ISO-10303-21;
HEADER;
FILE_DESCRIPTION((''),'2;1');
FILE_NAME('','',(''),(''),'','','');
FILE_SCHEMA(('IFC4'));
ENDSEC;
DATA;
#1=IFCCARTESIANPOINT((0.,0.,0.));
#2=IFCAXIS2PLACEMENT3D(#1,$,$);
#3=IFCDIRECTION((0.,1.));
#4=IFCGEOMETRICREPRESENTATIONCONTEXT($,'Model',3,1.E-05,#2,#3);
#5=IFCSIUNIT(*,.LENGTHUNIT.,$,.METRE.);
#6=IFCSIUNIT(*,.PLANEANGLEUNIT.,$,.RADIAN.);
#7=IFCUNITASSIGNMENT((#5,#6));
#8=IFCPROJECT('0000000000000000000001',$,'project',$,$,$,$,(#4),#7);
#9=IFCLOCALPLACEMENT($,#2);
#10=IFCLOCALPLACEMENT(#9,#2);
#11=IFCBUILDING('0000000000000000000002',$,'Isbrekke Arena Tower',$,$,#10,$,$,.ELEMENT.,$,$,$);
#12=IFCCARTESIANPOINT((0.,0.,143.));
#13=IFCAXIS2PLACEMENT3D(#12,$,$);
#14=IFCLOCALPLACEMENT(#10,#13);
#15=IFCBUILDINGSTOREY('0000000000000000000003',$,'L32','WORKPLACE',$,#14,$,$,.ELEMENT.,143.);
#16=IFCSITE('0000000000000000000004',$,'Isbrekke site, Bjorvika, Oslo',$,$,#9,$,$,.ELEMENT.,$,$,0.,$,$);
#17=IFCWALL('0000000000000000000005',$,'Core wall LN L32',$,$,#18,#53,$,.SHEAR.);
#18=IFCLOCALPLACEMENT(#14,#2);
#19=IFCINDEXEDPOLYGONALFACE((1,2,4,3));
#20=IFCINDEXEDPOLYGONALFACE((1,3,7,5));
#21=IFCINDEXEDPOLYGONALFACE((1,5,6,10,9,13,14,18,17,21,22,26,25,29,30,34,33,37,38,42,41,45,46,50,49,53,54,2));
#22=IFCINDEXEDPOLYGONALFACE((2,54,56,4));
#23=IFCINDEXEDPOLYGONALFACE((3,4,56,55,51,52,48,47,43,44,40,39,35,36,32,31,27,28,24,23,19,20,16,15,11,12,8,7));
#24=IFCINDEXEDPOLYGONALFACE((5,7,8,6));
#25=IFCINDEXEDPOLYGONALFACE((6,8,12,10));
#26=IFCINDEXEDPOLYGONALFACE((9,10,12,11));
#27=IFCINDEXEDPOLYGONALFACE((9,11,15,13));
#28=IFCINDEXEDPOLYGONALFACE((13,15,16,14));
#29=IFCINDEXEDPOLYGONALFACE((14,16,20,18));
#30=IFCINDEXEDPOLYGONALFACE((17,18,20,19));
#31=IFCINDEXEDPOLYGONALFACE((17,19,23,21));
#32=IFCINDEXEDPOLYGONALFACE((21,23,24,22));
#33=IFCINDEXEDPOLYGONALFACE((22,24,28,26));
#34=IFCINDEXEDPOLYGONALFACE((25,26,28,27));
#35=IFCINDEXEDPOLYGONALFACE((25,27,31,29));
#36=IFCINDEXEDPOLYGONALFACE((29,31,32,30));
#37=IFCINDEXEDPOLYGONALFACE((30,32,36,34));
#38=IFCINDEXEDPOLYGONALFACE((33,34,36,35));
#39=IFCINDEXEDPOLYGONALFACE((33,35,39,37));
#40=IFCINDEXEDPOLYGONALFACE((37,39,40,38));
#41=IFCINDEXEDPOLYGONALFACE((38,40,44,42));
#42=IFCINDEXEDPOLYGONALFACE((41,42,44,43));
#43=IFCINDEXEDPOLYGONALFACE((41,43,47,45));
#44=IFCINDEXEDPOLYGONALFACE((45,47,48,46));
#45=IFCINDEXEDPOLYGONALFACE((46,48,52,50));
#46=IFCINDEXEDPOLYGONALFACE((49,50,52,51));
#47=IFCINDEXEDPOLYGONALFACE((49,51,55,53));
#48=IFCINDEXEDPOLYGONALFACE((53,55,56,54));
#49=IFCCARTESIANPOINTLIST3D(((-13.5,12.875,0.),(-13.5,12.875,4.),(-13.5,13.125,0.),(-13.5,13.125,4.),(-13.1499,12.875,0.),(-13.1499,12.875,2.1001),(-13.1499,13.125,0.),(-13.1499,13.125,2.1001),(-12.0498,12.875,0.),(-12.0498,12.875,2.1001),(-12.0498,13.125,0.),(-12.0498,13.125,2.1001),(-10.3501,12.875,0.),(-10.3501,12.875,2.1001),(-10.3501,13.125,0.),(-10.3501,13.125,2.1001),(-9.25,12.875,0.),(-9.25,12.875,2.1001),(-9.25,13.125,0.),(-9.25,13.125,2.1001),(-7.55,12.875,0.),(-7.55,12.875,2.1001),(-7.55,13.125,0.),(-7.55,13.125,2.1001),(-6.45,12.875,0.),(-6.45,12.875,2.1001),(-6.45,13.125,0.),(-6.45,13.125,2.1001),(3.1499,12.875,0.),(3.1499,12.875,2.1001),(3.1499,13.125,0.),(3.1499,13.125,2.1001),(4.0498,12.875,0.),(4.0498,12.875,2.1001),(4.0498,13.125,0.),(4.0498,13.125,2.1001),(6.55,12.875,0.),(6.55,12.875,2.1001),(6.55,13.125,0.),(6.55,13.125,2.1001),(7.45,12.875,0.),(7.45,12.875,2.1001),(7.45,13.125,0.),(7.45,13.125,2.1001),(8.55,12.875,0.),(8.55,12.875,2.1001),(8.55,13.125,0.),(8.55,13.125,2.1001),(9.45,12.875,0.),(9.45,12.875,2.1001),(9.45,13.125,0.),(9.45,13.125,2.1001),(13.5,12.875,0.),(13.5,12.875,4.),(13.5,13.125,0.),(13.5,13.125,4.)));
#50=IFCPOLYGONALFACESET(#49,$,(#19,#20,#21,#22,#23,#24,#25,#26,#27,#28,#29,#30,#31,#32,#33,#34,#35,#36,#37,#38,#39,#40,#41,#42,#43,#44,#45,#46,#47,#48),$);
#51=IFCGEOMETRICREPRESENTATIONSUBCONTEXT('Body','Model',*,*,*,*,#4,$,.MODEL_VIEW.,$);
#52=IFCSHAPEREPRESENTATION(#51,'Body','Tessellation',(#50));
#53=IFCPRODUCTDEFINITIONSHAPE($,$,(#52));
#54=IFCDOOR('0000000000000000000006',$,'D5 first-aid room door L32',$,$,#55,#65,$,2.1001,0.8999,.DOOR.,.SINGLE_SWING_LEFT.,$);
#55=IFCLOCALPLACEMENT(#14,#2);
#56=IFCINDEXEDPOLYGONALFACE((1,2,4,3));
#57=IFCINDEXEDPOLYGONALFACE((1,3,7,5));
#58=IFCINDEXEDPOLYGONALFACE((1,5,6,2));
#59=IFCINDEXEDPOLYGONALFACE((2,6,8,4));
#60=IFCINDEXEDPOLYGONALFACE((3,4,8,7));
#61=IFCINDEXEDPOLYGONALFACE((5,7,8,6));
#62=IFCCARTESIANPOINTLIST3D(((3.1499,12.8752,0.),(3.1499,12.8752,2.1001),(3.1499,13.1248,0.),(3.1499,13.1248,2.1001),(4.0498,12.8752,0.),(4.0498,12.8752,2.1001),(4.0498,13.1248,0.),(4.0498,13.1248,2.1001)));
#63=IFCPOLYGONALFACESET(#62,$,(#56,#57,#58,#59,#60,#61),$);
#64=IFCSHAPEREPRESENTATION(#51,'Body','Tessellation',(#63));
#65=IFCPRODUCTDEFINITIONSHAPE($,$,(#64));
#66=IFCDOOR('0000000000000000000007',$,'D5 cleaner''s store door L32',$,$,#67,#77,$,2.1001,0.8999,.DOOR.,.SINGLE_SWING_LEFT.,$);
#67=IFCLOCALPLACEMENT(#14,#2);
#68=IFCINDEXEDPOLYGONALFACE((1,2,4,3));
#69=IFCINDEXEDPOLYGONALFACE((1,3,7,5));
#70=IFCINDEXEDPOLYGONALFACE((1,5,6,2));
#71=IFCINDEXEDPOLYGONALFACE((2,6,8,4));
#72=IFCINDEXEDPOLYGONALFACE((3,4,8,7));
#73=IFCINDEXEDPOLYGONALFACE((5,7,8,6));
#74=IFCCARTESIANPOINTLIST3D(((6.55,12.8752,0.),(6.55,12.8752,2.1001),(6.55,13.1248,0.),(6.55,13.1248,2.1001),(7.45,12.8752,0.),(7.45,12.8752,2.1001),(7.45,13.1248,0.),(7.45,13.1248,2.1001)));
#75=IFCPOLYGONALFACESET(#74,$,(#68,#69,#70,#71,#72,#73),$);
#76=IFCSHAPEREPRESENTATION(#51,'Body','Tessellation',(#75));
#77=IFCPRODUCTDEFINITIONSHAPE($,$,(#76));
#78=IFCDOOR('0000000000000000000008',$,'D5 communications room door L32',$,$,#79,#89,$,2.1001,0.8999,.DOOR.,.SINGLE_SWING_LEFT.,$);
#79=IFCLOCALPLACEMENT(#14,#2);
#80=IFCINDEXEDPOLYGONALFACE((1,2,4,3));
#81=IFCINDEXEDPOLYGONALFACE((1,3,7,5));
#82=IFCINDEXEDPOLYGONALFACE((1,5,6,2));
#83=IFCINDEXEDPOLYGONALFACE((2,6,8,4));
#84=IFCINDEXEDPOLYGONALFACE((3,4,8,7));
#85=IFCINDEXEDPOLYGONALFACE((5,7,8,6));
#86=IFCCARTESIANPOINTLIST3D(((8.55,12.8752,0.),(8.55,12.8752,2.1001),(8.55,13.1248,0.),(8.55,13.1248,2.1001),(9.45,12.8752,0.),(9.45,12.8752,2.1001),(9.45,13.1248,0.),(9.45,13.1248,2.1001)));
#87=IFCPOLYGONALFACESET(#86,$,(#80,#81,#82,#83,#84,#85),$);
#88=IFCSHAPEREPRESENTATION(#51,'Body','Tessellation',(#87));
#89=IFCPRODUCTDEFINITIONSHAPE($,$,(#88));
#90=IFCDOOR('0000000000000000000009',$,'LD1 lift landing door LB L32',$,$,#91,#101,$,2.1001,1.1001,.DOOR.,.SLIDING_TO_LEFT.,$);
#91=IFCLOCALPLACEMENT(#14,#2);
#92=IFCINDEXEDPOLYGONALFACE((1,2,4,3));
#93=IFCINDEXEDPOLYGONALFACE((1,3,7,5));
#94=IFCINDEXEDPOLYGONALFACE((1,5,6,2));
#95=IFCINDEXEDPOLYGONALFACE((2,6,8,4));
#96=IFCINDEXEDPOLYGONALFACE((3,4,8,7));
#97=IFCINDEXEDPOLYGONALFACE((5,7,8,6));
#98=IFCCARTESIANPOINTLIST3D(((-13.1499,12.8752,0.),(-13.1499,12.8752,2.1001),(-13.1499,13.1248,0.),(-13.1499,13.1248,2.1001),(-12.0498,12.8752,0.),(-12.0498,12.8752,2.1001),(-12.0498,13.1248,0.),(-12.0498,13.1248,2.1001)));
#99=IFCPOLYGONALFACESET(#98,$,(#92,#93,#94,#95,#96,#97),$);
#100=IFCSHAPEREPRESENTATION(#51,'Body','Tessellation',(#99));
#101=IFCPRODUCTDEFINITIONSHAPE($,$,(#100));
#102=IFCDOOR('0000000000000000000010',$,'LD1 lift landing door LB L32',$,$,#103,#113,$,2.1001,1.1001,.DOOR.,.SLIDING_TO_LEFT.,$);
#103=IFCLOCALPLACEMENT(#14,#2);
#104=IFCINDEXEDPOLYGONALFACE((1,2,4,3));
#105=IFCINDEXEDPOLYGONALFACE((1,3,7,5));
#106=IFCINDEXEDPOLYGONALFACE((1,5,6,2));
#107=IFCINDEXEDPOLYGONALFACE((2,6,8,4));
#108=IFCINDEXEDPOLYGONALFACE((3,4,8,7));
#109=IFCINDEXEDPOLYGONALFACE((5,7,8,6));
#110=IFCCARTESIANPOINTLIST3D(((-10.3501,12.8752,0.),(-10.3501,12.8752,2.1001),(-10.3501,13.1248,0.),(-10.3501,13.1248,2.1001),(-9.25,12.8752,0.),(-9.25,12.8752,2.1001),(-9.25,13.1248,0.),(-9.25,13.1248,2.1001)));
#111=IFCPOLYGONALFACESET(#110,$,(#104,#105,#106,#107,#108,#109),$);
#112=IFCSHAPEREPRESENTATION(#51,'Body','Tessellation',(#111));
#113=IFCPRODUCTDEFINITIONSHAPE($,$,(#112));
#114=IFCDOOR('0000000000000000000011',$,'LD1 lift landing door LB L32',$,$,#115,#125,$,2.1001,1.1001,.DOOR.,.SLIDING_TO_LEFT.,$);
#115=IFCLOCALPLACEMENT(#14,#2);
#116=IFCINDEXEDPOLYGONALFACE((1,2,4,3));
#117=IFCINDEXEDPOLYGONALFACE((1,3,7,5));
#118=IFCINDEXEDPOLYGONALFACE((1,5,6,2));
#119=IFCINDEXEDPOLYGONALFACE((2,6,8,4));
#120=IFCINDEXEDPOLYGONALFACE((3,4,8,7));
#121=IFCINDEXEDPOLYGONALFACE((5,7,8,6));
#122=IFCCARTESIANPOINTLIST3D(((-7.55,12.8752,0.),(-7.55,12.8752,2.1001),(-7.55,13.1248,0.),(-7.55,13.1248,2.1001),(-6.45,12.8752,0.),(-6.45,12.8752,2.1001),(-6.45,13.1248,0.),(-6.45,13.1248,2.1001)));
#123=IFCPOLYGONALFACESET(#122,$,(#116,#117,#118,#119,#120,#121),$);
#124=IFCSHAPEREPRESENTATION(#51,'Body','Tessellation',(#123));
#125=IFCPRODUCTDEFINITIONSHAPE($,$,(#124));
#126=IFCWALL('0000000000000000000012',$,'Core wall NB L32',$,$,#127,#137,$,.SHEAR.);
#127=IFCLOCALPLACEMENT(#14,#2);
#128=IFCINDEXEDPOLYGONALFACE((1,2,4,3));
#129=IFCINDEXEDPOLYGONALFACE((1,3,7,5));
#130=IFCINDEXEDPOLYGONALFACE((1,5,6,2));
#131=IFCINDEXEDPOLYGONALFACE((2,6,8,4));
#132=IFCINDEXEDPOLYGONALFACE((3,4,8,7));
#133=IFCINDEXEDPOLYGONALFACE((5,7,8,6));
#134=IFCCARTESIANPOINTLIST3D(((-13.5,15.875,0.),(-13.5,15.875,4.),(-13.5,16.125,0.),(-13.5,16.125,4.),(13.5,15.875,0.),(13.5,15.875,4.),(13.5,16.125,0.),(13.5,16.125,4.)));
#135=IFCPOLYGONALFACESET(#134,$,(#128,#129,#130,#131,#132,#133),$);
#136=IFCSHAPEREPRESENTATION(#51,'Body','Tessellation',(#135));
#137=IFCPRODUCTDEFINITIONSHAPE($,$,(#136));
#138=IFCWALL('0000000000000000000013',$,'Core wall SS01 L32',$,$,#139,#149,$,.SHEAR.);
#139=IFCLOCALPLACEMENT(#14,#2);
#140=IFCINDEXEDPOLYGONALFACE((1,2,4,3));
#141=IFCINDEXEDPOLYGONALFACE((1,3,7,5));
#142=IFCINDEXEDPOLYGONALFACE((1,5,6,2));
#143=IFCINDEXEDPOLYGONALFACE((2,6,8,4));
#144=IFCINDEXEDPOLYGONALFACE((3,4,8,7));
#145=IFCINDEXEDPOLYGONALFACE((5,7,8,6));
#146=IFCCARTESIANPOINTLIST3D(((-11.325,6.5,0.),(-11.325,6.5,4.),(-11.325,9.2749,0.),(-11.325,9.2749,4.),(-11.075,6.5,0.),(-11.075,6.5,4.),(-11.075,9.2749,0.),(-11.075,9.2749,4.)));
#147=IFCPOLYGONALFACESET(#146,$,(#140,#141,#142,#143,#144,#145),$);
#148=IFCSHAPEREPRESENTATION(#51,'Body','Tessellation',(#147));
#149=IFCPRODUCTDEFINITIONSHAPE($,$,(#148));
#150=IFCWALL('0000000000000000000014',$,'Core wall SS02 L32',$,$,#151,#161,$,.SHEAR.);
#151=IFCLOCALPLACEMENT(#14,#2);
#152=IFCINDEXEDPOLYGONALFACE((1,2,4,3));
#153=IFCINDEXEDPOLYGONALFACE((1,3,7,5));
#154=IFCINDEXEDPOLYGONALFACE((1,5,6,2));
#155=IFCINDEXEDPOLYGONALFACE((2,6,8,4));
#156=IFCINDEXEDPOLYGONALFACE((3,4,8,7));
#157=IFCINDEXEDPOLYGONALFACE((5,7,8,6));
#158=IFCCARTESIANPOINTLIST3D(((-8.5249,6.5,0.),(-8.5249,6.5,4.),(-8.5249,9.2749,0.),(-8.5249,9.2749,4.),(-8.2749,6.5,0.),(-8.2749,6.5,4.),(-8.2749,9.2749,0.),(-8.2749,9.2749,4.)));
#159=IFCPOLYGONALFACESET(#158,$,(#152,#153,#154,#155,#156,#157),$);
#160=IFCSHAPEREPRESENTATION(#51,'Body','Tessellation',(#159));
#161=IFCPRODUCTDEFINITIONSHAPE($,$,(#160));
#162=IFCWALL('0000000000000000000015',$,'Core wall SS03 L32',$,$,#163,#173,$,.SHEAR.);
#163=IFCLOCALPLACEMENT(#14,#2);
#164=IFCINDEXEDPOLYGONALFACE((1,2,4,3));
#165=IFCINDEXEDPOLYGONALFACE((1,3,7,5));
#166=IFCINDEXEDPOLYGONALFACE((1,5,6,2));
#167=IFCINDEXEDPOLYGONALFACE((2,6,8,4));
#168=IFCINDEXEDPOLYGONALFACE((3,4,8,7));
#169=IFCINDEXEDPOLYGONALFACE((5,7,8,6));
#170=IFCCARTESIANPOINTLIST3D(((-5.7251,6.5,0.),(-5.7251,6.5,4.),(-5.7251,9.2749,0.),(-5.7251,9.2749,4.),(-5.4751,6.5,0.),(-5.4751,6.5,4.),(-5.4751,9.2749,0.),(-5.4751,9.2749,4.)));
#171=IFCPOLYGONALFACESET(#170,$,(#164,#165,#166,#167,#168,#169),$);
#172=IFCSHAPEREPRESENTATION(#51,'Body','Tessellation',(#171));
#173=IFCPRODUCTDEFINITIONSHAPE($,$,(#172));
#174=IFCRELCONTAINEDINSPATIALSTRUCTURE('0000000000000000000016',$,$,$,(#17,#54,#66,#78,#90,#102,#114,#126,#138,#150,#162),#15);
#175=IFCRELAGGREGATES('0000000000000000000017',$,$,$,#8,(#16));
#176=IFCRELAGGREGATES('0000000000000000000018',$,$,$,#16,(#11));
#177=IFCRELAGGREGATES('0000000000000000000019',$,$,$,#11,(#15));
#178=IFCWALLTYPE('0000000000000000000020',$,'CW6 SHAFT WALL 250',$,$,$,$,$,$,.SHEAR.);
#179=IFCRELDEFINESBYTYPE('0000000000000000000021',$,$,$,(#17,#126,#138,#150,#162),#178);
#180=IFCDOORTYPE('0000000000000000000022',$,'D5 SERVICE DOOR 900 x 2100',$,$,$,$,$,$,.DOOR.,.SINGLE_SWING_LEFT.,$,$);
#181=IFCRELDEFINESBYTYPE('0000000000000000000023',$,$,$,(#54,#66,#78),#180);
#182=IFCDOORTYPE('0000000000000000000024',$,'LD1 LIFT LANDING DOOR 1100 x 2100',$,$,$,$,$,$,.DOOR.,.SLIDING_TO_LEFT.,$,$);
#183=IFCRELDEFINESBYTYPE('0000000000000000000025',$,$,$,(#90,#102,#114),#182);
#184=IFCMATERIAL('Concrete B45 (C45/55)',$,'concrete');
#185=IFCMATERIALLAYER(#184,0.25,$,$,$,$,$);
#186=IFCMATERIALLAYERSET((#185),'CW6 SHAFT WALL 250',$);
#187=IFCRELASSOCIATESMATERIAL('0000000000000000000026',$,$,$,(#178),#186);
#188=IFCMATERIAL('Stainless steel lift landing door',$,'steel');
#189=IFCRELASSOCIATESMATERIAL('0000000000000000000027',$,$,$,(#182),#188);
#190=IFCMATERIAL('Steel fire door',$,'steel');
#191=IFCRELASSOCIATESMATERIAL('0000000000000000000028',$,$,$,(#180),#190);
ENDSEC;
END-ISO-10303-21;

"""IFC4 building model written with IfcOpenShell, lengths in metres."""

from ifc_helpers import new_model, si_unit, direction, frame, frame_2d, origin, place, context, subcontext, project, spatial, rectangle, extrude, material, layer, layer_set, type_object, element, fill, save


model = new_model("IFC4")

# Units and contexts
model_context = context("Model", 3, precision=1e-05, world=origin(), true_north=direction((0.0, 1.0)))
body_context = subcontext(model_context, "Body", "Model", "MODEL_VIEW")
ifc_project = project(units=[si_unit("LENGTHUNIT", "METRE"), si_unit("PLANEANGLEUNIT", "RADIAN")], contexts=[model_context])

# Site, building, storey
site_placement = place(None, origin())
site = spatial("IfcSite", under=ifc_project, at=site_placement, Name="Isbrekke site, Bjorvika, Oslo", CompositionType="ELEMENT", RefElevation=0.0)
building_placement = place(site_placement, origin())
building = spatial("IfcBuilding", under=site, at=building_placement, Name="Isbrekke Arena Tower", CompositionType="ELEMENT")
storey_placement = place(building_placement, frame((0.0, 0.0, 143.0)))
storey = spatial("IfcBuildingStorey", under=building, at=storey_placement, Name="L32", Description="WORKPLACE", CompositionType="ELEMENT", Elevation=143.0)

# Wall, openings, doors
ifc_material_1 = material(Name="Concrete B45 (C45/55)", Category="concrete")
ifc_layer_1 = layer(ifc_material_1, 0.25)
ifc_layer_set_1 = layer_set([ifc_layer_1], Name="CW6 SHAFT WALL 250")
wall_type_1 = type_object("IfcWallType", Name="CW6 SHAFT WALL 250", PredefinedType="SHEAR", material=ifc_layer_set_1)
ifc_material_2 = material(Name="Stainless steel lift landing door", Category="steel")
door_type_1 = type_object("IfcDoorType", Name="LD1 LIFT LANDING DOOR 1100 x 2100", OperationType="SLIDING_TO_LEFT", PredefinedType="DOOR", material=ifc_material_2)
wall_1_placement = place(storey_placement, frame((-13.5, 13.0, 0.0), z_axis=(0.0, 0.0, 1.0), x_axis=(1.0, 0.0, 0.0)))
wall_1 = element("IfcWall", 1, at=wall_1_placement, inside=storey, type_object=wall_type_1, Name="Core wall LN L32", PredefinedType="SHEAR", context=body_context, shape_type="SweptSolid", body=[
    extrude(rectangle(XDim=27.0, YDim=0.25, at=frame_2d((13.5, 0.0))), origin(), (0.0, 0.0, 1.0), 4.0),
])
opening_1_placement = place(wall_1_placement, frame((0.3501, 0.0, 0.0)))
opening_1 = element("IfcOpeningElement", 2, at=opening_1_placement, cuts=wall_1, PredefinedType="OPENING", context=body_context, shape_type="SweptSolid", body=[
    extrude(rectangle(XDim=1.1001, YDim=2.1001, at=frame_2d((0.55, 1.05))), frame((0.0, 0.1399, 0.0), z_axis=(0.0, -1.0, 0.0), x_axis=(1.0, 0.0, 0.0)), (0.0, 0.0, 1.0), 0.2798),
])
opening_2_placement = place(wall_1_placement, frame((3.1499, 0.0, 0.0)))
opening_2 = element("IfcOpeningElement", 3, at=opening_2_placement, cuts=wall_1, PredefinedType="OPENING", context=body_context, shape_type="SweptSolid", body=[
    extrude(rectangle(XDim=1.1001, YDim=2.1001, at=frame_2d((0.55, 1.05))), frame((0.0, 0.1399, 0.0), z_axis=(0.0, -1.0, 0.0), x_axis=(1.0, 0.0, 0.0)), (0.0, 0.0, 1.0), 0.2798),
])
opening_3_placement = place(wall_1_placement, frame((5.95, 0.0, 0.0)))
opening_3 = element("IfcOpeningElement", 4, at=opening_3_placement, cuts=wall_1, PredefinedType="OPENING", context=body_context, shape_type="SweptSolid", body=[
    extrude(rectangle(XDim=1.1001, YDim=2.1001, at=frame_2d((0.55, 1.05))), frame((0.0, 0.1399, 0.0), z_axis=(0.0, -1.0, 0.0), x_axis=(1.0, 0.0, 0.0)), (0.0, 0.0, 1.0), 0.2798),
])
opening_4_placement = place(wall_1_placement, frame((16.6499, 0.0, 0.0)))
opening_4 = element("IfcOpeningElement", 5, at=opening_4_placement, cuts=wall_1, PredefinedType="OPENING", context=body_context, shape_type="SweptSolid", body=[
    extrude(rectangle(XDim=0.8999, YDim=2.1001, at=frame_2d((0.45, 1.05))), frame((0.0, 0.1399, 0.0), z_axis=(0.0, -1.0, 0.0), x_axis=(1.0, 0.0, 0.0)), (0.0, 0.0, 1.0), 0.2798),
])
opening_5_placement = place(wall_1_placement, frame((20.05, 0.0, 0.0)))
opening_5 = element("IfcOpeningElement", 6, at=opening_5_placement, cuts=wall_1, PredefinedType="OPENING", context=body_context, shape_type="SweptSolid", body=[
    extrude(rectangle(XDim=0.8999, YDim=2.1001, at=frame_2d((0.45, 1.05))), frame((0.0, 0.1399, 0.0), z_axis=(0.0, -1.0, 0.0), x_axis=(1.0, 0.0, 0.0)), (0.0, 0.0, 1.0), 0.2798),
])
opening_6_placement = place(wall_1_placement, frame((22.05, 0.0, 0.0)))
opening_6 = element("IfcOpeningElement", 7, at=opening_6_placement, cuts=wall_1, PredefinedType="OPENING", context=body_context, shape_type="SweptSolid", body=[
    extrude(rectangle(XDim=0.8999, YDim=2.1001, at=frame_2d((0.45, 1.05))), frame((0.0, 0.1399, 0.0), z_axis=(0.0, -1.0, 0.0), x_axis=(1.0, 0.0, 0.0)), (0.0, 0.0, 1.0), 0.2798),
])
ifc_material_3 = material(Name="Steel fire door", Category="steel")
door_type_2 = type_object("IfcDoorType", Name="D5 SERVICE DOOR 900 x 2100", OperationType="SINGLE_SWING_LEFT", PredefinedType="DOOR", material=ifc_material_3)
door_1_placement = place(opening_4_placement, origin())
door_1 = element("IfcDoor", 8, at=door_1_placement, inside=storey, type_object=door_type_2, Name="D5 first-aid room door L32", OperationType="SINGLE_SWING_LEFT", OverallHeight=2.1001, OverallWidth=0.8999, PredefinedType="DOOR", context=body_context, shape_type="SweptSolid", body=[
    extrude(rectangle(XDim=0.8999, YDim=2.1001, at=frame_2d((0.45, 1.05))), frame((0.0, 0.1248, 0.0), z_axis=(0.0, -1.0, 0.0), x_axis=(1.0, 0.0, 0.0)), (0.0, 0.0, 1.0), 0.2495),
])
fill(opening_4, door_1)
door_2_placement = place(opening_5_placement, origin())
door_2 = element("IfcDoor", 9, at=door_2_placement, inside=storey, type_object=door_type_2, Name="D5 cleaner's store door L32", OperationType="SINGLE_SWING_LEFT", OverallHeight=2.1001, OverallWidth=0.8999, PredefinedType="DOOR", context=body_context, shape_type="SweptSolid", body=[
    extrude(rectangle(XDim=0.8999, YDim=2.1001, at=frame_2d((0.45, 1.05))), frame((0.0, 0.1248, 0.0), z_axis=(0.0, -1.0, 0.0), x_axis=(1.0, 0.0, 0.0)), (0.0, 0.0, 1.0), 0.2495),
])
fill(opening_5, door_2)
door_3_placement = place(opening_6_placement, origin())
door_3 = element("IfcDoor", 10, at=door_3_placement, inside=storey, type_object=door_type_2, Name="D5 communications room door L32", OperationType="SINGLE_SWING_LEFT", OverallHeight=2.1001, OverallWidth=0.8999, PredefinedType="DOOR", context=body_context, shape_type="SweptSolid", body=[
    extrude(rectangle(XDim=0.8999, YDim=2.1001, at=frame_2d((0.45, 1.05))), frame((0.0, 0.1248, 0.0), z_axis=(0.0, -1.0, 0.0), x_axis=(1.0, 0.0, 0.0)), (0.0, 0.0, 1.0), 0.2495),
])
fill(opening_6, door_3)
door_4_placement = place(opening_1_placement, origin())
door_4 = element("IfcDoor", 11, at=door_4_placement, inside=storey, type_object=door_type_1, Name="LD1 lift landing door LB L32", OperationType="SLIDING_TO_LEFT", OverallHeight=2.1001, OverallWidth=1.1001, PredefinedType="DOOR", context=body_context, shape_type="SweptSolid", body=[
    extrude(rectangle(XDim=1.1001, YDim=2.1001, at=frame_2d((0.55, 1.05))), frame((0.0, 0.1248, 0.0), z_axis=(0.0, -1.0, 0.0), x_axis=(1.0, 0.0, 0.0)), (0.0, 0.0, 1.0), 0.2495),
])
fill(opening_1, door_4)
door_5_placement = place(opening_2_placement, origin())
door_5 = element("IfcDoor", 12, at=door_5_placement, inside=storey, type_object=door_type_1, Name="LD1 lift landing door LB L32", OperationType="SLIDING_TO_LEFT", OverallHeight=2.1001, OverallWidth=1.1001, PredefinedType="DOOR", context=body_context, shape_type="SweptSolid", body=[
    extrude(rectangle(XDim=1.1001, YDim=2.1001, at=frame_2d((0.55, 1.05))), frame((0.0, 0.1248, 0.0), z_axis=(0.0, -1.0, 0.0), x_axis=(1.0, 0.0, 0.0)), (0.0, 0.0, 1.0), 0.2495),
])
fill(opening_2, door_5)
door_6_placement = place(opening_3_placement, origin())
door_6 = element("IfcDoor", 13, at=door_6_placement, inside=storey, type_object=door_type_1, Name="LD1 lift landing door LB L32", OperationType="SLIDING_TO_LEFT", OverallHeight=2.1001, OverallWidth=1.1001, PredefinedType="DOOR", context=body_context, shape_type="SweptSolid", body=[
    extrude(rectangle(XDim=1.1001, YDim=2.1001, at=frame_2d((0.55, 1.05))), frame((0.0, 0.1248, 0.0), z_axis=(0.0, -1.0, 0.0), x_axis=(1.0, 0.0, 0.0)), (0.0, 0.0, 1.0), 0.2495),
])
fill(opening_3, door_6)

# Walls
wall_2_placement = place(storey_placement, frame((-13.5, 16.0, 0.0), z_axis=(0.0, 0.0, 1.0), x_axis=(1.0, 0.0, 0.0)))
element("IfcWall", 14, at=wall_2_placement, inside=storey, type_object=wall_type_1, Name="Core wall NB L32", PredefinedType="SHEAR", context=body_context, shape_type="SweptSolid", body=[
    extrude(rectangle(XDim=27.0, YDim=0.25, at=frame_2d((13.5, 0.0))), origin(), (0.0, 0.0, 1.0), 4.0),
])
for number, where, z_axis, x_axis, name in (
    (15, (-11.2, 6.5, 0.0), (0.0, 0.0, 1.0), (0.0, 1.0, 0.0), "Core wall SS01 L32"),
    (16, (-8.3999, 6.5, 0.0), (0.0, 0.0, 1.0), (0.0, 1.0, 0.0), "Core wall SS02 L32"),
    (17, (-5.6001, 6.5, 0.0), (0.0, 0.0, 1.0), (0.0, 1.0, 0.0), "Core wall SS03 L32"),
):
    element("IfcWall", number, at=place(storey_placement, frame(where, z_axis=z_axis, x_axis=x_axis)), inside=storey, type_object=wall_type_1, Name=name, PredefinedType="SHEAR", context=body_context, shape_type="SweptSolid", body=[
        extrude(rectangle(XDim=2.7749, YDim=0.25, at=frame_2d((1.3875, 0.0))), origin(), (0.0, 0.0, 1.0), 4.0),
    ])

save(model, "model.ifc")
